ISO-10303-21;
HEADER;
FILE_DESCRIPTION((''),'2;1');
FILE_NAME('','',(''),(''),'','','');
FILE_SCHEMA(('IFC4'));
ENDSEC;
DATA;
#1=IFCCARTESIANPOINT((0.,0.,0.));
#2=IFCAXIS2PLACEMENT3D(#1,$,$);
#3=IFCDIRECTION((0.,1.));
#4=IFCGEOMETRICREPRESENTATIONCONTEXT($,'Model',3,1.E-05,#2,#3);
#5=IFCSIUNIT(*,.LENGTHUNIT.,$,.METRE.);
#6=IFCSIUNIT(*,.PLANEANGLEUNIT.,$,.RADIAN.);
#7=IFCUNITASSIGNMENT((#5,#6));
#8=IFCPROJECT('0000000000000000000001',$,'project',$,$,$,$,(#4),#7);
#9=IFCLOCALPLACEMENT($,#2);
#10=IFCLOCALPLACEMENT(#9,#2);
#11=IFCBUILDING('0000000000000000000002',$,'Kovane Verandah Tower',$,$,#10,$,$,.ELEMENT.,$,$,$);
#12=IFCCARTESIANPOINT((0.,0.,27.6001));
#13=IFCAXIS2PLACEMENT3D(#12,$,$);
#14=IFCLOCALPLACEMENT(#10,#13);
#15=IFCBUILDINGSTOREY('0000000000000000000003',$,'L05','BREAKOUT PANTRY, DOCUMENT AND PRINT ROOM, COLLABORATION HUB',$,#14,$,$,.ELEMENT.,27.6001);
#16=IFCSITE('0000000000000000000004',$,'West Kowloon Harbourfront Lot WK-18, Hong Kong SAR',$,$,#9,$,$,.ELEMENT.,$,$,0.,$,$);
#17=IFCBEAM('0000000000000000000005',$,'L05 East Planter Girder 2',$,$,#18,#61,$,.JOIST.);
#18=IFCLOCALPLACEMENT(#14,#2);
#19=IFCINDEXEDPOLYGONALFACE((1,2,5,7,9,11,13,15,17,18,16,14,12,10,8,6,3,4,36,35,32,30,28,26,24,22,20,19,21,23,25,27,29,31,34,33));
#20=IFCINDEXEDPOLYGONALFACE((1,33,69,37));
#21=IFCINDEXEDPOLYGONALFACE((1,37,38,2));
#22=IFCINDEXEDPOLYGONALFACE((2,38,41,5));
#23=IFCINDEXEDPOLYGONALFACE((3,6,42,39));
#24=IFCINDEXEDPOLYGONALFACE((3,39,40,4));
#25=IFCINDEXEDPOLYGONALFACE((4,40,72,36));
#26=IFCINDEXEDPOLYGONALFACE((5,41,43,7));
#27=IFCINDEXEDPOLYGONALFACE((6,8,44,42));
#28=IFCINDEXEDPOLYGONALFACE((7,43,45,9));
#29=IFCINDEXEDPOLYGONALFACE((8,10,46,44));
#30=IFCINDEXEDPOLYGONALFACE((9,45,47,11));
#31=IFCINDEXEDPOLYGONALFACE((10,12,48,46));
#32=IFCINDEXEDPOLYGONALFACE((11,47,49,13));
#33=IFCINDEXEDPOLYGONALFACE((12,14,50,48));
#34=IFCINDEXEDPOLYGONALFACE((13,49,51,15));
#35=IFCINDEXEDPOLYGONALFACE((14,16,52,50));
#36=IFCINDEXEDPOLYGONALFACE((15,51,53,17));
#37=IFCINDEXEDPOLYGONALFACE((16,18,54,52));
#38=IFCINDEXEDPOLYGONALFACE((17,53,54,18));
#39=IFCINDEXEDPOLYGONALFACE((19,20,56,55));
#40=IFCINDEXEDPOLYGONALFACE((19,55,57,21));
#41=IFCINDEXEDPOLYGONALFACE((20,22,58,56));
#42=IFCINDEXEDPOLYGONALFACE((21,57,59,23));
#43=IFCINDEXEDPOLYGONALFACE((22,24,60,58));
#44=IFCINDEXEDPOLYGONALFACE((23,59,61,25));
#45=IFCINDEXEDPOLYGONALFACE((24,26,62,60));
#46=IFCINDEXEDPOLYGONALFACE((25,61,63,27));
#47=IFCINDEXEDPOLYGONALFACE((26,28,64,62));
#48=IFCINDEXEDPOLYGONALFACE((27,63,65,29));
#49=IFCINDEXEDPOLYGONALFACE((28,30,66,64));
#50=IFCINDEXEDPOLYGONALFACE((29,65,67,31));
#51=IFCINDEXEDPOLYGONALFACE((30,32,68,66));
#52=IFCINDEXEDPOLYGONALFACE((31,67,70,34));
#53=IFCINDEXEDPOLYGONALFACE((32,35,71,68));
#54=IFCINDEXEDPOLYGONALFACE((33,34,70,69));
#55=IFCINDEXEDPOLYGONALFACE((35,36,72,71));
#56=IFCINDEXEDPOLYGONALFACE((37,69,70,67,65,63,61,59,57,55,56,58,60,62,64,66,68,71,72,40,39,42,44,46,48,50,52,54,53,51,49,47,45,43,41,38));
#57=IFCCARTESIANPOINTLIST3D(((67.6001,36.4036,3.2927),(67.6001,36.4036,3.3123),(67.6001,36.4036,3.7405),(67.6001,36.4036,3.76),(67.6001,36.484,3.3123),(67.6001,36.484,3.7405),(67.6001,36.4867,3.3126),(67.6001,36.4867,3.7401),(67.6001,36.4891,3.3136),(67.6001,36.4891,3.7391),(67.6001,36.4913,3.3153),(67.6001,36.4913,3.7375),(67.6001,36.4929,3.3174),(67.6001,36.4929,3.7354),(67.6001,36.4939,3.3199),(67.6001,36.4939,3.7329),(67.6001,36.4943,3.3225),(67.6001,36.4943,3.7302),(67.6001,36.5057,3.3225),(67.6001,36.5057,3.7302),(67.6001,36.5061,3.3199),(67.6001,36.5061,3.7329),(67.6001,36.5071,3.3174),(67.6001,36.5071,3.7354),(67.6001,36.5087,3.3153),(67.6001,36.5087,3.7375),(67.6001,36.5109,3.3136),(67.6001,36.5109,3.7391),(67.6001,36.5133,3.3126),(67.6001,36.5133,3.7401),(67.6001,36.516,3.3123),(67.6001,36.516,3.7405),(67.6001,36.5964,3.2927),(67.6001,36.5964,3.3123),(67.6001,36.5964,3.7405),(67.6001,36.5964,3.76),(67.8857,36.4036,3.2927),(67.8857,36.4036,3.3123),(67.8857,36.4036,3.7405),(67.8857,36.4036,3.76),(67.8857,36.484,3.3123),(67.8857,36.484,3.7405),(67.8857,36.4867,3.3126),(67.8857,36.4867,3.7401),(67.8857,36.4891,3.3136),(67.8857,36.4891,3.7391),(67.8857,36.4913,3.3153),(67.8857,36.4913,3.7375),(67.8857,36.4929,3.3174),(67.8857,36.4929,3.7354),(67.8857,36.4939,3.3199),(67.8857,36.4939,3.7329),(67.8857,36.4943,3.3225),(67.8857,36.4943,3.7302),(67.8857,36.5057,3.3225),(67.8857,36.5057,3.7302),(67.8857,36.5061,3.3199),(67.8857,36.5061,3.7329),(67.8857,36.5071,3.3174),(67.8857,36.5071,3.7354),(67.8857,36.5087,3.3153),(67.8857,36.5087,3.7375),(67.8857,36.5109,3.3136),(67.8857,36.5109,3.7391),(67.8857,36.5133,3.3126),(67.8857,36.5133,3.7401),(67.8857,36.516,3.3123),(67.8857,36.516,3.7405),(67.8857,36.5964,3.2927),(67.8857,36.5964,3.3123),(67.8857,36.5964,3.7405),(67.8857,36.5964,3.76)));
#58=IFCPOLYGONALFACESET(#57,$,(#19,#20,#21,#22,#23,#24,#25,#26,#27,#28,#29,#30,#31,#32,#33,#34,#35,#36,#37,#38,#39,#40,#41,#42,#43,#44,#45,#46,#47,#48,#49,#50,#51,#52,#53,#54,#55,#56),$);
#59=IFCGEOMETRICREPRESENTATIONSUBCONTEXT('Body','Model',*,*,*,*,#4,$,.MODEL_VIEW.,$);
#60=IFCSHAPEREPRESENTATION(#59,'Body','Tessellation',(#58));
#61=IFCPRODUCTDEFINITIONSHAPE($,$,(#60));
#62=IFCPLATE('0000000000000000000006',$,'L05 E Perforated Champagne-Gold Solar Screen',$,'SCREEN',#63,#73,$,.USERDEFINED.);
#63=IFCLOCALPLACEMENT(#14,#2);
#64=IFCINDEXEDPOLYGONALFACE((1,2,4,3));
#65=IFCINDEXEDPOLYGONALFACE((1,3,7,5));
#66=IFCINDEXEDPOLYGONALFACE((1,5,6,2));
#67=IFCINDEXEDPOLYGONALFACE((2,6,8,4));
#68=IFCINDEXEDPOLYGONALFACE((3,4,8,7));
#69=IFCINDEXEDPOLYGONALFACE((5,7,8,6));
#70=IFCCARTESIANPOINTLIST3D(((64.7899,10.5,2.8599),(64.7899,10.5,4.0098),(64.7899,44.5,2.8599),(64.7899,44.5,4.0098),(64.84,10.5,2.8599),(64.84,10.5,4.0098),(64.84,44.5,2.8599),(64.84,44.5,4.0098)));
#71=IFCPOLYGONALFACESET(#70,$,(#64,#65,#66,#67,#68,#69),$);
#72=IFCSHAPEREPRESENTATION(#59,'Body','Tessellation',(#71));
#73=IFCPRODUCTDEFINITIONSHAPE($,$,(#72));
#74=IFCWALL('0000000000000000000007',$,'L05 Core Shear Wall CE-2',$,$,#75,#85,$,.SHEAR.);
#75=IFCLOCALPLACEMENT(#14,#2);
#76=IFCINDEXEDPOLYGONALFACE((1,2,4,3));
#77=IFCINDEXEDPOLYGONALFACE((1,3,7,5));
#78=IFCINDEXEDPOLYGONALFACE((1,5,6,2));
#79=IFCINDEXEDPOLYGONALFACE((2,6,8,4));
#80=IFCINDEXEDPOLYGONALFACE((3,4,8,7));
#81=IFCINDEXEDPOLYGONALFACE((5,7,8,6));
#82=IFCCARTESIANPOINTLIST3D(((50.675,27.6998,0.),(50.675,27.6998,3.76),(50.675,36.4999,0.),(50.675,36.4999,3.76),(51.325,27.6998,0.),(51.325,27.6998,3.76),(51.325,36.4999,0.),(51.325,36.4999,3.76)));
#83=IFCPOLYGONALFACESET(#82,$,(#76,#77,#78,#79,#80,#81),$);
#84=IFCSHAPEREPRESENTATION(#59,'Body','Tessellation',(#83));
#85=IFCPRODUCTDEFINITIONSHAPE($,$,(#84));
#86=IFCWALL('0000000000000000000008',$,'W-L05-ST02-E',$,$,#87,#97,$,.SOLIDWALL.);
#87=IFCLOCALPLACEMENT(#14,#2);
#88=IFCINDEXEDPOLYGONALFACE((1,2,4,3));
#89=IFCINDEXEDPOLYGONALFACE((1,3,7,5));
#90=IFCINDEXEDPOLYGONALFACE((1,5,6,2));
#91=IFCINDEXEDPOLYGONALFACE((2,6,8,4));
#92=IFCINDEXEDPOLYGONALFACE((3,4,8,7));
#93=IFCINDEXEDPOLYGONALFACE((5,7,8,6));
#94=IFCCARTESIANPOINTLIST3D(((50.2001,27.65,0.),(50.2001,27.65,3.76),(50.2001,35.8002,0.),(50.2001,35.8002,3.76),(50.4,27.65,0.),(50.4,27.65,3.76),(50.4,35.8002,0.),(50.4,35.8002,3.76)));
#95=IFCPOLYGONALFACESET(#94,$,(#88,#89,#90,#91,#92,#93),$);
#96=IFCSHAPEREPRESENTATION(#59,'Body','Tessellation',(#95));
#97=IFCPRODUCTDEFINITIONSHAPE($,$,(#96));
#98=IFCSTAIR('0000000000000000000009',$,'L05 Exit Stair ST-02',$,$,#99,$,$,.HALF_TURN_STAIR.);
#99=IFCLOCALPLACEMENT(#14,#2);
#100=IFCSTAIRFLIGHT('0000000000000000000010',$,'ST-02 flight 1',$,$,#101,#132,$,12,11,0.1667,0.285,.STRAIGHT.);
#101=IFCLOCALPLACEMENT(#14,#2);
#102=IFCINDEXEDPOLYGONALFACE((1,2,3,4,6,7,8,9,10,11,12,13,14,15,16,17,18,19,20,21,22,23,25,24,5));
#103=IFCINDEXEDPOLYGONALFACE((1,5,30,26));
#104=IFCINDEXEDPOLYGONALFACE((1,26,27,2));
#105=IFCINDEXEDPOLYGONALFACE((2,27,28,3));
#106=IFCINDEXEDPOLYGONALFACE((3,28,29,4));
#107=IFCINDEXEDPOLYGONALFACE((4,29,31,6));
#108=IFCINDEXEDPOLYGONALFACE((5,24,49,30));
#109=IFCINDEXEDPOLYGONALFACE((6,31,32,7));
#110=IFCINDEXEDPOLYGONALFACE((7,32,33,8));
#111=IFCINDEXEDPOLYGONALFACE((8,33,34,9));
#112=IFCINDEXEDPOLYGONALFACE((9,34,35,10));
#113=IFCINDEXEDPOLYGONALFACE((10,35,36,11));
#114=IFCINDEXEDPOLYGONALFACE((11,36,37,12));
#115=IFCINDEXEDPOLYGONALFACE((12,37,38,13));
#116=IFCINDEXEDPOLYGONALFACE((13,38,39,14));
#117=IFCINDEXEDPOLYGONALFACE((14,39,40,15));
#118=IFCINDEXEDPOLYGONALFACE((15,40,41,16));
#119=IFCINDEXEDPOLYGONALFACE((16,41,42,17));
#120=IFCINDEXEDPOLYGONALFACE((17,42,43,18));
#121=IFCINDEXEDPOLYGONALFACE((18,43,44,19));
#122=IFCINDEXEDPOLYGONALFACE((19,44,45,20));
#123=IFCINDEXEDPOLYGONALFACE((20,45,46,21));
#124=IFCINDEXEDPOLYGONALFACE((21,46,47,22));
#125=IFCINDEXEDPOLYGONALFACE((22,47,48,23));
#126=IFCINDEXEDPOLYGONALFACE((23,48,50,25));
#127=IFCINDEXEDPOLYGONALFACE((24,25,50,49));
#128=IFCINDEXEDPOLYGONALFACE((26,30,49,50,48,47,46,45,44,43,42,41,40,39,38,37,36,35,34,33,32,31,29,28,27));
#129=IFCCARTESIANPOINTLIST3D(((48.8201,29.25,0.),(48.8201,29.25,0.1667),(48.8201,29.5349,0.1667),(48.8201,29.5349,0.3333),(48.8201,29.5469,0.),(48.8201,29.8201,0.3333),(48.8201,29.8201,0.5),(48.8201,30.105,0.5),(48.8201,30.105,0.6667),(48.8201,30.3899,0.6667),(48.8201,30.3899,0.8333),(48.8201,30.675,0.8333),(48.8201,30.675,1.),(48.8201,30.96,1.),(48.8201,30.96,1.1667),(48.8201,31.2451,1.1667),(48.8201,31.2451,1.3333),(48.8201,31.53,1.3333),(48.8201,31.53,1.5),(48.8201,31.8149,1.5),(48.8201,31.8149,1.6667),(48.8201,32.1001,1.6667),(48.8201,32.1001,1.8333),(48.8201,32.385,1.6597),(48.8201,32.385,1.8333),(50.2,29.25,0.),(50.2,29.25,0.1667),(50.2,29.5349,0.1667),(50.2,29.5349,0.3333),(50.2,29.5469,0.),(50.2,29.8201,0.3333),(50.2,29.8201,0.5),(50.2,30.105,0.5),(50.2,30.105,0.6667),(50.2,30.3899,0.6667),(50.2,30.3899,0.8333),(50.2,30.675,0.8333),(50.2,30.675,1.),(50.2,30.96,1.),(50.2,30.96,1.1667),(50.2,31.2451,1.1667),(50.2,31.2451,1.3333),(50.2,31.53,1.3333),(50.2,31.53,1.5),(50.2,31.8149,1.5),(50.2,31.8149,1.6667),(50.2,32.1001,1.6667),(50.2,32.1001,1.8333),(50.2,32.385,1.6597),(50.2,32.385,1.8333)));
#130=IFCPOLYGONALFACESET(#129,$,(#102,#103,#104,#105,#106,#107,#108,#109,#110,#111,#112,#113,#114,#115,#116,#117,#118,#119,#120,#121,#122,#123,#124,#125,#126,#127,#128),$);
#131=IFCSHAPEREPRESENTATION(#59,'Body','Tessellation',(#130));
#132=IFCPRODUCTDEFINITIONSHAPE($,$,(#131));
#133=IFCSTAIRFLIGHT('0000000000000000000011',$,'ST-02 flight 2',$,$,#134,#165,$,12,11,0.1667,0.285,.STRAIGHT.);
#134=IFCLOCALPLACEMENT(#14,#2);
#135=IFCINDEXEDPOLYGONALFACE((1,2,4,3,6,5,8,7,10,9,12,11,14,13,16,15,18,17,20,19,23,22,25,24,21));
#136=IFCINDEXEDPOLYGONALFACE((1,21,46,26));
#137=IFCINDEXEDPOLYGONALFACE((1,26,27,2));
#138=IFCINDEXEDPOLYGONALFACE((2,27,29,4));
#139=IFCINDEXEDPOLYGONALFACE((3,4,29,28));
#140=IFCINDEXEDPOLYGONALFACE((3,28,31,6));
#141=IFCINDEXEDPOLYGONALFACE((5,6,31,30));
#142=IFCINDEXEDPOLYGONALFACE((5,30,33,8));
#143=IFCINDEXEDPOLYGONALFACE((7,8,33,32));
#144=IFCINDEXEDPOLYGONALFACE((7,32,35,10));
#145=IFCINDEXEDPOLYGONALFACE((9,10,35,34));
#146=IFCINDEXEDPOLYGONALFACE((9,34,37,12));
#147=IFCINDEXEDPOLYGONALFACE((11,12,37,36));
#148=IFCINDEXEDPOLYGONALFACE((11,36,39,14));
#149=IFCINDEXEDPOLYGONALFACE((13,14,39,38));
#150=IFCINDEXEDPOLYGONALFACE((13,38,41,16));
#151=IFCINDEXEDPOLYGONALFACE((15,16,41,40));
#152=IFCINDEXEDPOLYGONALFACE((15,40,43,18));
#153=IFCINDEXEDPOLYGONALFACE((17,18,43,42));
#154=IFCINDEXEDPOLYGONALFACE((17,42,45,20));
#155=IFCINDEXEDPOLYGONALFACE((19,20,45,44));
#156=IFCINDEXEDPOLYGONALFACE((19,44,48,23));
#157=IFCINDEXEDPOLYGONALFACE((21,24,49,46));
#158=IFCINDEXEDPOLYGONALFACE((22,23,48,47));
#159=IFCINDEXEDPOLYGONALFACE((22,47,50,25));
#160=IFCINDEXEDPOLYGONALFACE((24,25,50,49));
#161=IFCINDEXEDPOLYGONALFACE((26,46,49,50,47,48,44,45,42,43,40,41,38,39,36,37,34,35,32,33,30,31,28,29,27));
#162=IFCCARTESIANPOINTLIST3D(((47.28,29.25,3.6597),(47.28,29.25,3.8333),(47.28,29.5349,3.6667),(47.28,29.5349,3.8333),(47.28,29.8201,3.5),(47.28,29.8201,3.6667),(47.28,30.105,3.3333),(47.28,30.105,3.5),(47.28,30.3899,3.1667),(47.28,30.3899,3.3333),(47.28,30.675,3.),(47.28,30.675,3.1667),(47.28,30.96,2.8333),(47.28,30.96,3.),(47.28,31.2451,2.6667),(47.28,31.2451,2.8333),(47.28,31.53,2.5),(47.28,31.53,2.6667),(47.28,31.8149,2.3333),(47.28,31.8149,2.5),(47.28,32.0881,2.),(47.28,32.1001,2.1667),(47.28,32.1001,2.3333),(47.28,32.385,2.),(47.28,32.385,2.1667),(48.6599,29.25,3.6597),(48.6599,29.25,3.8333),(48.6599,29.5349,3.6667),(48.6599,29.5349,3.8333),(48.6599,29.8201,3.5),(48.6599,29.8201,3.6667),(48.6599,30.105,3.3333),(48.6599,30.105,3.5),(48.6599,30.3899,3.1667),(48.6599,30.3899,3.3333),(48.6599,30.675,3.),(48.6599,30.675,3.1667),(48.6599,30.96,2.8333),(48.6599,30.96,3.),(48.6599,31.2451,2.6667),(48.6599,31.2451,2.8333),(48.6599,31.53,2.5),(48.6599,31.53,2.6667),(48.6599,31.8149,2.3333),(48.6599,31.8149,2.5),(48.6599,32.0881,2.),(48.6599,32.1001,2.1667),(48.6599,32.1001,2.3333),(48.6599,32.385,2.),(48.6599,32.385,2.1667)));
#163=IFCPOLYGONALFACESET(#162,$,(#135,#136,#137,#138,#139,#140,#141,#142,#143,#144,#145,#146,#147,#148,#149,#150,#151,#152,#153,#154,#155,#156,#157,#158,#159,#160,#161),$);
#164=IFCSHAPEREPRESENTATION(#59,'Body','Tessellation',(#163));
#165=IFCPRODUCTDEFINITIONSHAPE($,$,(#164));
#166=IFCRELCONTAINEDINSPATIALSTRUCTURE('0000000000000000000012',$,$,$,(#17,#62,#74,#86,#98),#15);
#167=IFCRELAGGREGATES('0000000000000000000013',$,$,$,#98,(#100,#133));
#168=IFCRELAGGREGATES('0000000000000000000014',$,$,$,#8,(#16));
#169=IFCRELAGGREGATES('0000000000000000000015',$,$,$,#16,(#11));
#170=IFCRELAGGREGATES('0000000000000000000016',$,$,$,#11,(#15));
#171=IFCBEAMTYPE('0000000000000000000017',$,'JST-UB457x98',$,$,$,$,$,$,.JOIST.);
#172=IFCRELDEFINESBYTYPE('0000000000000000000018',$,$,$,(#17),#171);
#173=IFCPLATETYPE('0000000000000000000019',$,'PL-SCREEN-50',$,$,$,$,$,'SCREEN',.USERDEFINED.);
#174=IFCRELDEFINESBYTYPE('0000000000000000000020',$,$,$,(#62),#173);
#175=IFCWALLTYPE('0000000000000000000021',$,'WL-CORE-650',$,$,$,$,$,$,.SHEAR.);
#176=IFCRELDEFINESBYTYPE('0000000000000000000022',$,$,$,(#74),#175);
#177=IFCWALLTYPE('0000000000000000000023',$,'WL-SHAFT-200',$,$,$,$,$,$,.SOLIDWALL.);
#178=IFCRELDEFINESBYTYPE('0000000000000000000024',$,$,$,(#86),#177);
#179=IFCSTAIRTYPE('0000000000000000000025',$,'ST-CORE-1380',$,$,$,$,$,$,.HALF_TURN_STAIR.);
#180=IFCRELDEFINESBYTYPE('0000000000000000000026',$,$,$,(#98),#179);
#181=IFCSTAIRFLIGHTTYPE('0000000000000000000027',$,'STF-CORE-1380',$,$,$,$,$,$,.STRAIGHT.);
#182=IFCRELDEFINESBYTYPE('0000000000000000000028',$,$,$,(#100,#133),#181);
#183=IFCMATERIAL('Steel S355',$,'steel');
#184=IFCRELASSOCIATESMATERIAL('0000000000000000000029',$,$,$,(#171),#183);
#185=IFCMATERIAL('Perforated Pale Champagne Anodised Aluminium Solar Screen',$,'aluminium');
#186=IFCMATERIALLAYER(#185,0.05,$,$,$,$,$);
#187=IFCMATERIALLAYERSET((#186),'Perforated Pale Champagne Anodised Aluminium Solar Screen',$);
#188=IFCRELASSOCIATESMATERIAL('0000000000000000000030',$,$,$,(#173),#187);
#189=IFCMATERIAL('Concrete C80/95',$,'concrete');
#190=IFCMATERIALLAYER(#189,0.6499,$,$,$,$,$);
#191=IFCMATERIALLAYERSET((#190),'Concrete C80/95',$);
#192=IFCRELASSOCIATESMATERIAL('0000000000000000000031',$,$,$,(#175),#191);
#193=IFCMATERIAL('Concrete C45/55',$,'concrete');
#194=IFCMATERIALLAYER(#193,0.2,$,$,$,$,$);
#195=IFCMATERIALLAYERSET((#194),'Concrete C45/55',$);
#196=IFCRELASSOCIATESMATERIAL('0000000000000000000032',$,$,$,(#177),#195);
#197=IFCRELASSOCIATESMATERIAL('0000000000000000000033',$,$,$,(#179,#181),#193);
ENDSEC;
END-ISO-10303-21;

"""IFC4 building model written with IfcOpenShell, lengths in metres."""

from ifc_helpers import new_model, si_unit, direction, frame, frame_2d, origin, origin_2d, place, context, subcontext, project, spatial, polyline, rectangle, i_section, outline, extrude, material, layer, layer_set, material_profile, profile_set, type_object, element, aggregate, save


model = new_model("IFC4")

# Units and contexts
model_context = context("Model", 3, precision=1e-05, world=origin(), true_north=direction((0.0, 1.0)))
body_context = subcontext(model_context, "Body", "Model", "MODEL_VIEW")
ifc_project = project(units=[si_unit("LENGTHUNIT", "METRE"), si_unit("PLANEANGLEUNIT", "RADIAN")], contexts=[model_context])

# Site, building, storey
site_placement = place(None, origin())
site = spatial("IfcSite", under=ifc_project, at=site_placement, Name="West Kowloon Harbourfront Lot WK-18, Hong Kong SAR", CompositionType="ELEMENT", RefElevation=0.0)
building_placement = place(site_placement, origin())
building = spatial("IfcBuilding", under=site, at=building_placement, Name="Kovane Verandah Tower", CompositionType="ELEMENT")
storey_placement = place(building_placement, frame((0.0, 0.0, 27.6001)))
storey = spatial("IfcBuildingStorey", under=building, at=storey_placement, Name="L05", Description="BREAKOUT PANTRY, DOCUMENT AND PRINT ROOM, COLLABORATION HUB", CompositionType="ELEMENT", Elevation=27.6001)

# Shared definitions
ifc_material_1 = material(Name="Concrete C80/95", Category="concrete")

# Beam
ifc_material_2 = material(Name="Steel S355", Category="steel")
ifc_material_profile_1 = material_profile(ifc_material_2, i_section(OverallWidth=0.1929, OverallDepth=0.4673, WebThickness=0.0115, FlangeThickness=0.0195, FilletRadius=0.0103, at=origin_2d()), Name="UB457x191x98")
ifc_profile_set_1 = profile_set([ifc_material_profile_1], Name="Steel S355")
beam_type_1 = type_object("IfcBeamType", Name="JST-UB457x98", PredefinedType="JOIST", material=ifc_profile_set_1)
beam_1_placement = place(storey_placement, frame((67.6001, 36.5, 3.5264), z_axis=(1.0, 0.0, 0.0), x_axis=(0.0, 1.0, 0.0)))
element("IfcBeam", 1, at=beam_1_placement, inside=storey, type_object=beam_type_1, Name="L05 East Planter Girder 2", PredefinedType="JOIST", context=body_context, shape_type="SweptSolid", body=[
    extrude(i_section(OverallWidth=0.1929, OverallDepth=0.4673, WebThickness=0.0115, FlangeThickness=0.0195, FilletRadius=0.0103, at=origin_2d()), origin(), (0.0, 0.0, 1.0), 0.2856),
])

# Plate
ifc_material_3 = material(Name="Perforated Pale Champagne Anodised Aluminium Solar Screen", Category="aluminium")
ifc_layer_1 = layer(ifc_material_3, 0.05)
ifc_layer_set_1 = layer_set([ifc_layer_1], Name="Perforated Pale Champagne Anodised Aluminium Solar Screen")
plate_type = type_object("IfcPlateType", Name="PL-SCREEN-50", ElementType="SCREEN", PredefinedType="USERDEFINED", material=ifc_layer_set_1)
plate_placement = place(storey_placement, frame((64.8149, 27.5, 2.8599), z_axis=(0.0, 0.0, 1.0), x_axis=(0.0, 1.0, 0.0)))
element("IfcPlate", 2, at=plate_placement, inside=storey, type_object=plate_type, Name="L05 E Perforated Champagne-Gold Solar Screen", ObjectType="SCREEN", PredefinedType="USERDEFINED", context=body_context, shape_type="SweptSolid", body=[
    extrude(rectangle(XDim=34.0, YDim=0.05, at=origin_2d()), origin(), (0.0, 0.0, 1.0), 1.1499),
])

# Walls
ifc_layer_2 = layer(ifc_material_1, 0.6499)
ifc_layer_set_2 = layer_set([ifc_layer_2], Name="Concrete C80/95")
wall_type_1 = type_object("IfcWallType", Name="WL-CORE-650", PredefinedType="SHEAR", material=ifc_layer_set_2)
wall_1_placement = place(storey_placement, frame((51.0, 27.7, 0.0), z_axis=(0.0, 0.0, 1.0), x_axis=(0.0, 1.0, 0.0)))
element("IfcWall", 3, at=wall_1_placement, inside=storey, type_object=wall_type_1, Name="L05 Core Shear Wall CE-2", PredefinedType="SHEAR", context=body_context, shape_type="SweptSolid", body=[
    extrude(rectangle(XDim=8.8, YDim=0.6499, at=frame_2d((4.3999, 0.0))), origin(), (0.0, 0.0, 1.0), 3.76),
])
ifc_material_4 = material(Name="Concrete C45/55", Category="concrete")
ifc_layer_3 = layer(ifc_material_4, 0.2)
ifc_layer_set_3 = layer_set([ifc_layer_3], Name="Concrete C45/55")
wall_type_2 = type_object("IfcWallType", Name="WL-SHAFT-200", PredefinedType="SOLIDWALL", material=ifc_layer_set_3)
wall_2_placement = place(storey_placement, frame((50.3, 27.6499, 0.0), z_axis=(0.0, 0.0, 1.0), x_axis=(0.0, 1.0, 0.0)))
element("IfcWall", 4, at=wall_2_placement, inside=storey, type_object=wall_type_2, Name="W-L05-ST02-E", PredefinedType="SOLIDWALL", context=body_context, shape_type="SweptSolid", body=[
    extrude(rectangle(XDim=8.1501, YDim=0.2, at=frame_2d((4.0752, 0.0))), origin(), (0.0, 0.0, 1.0), 3.76),
])

# Stair, stair flights
stair_type = type_object("IfcStairType", Name="ST-CORE-1380", PredefinedType="HALF_TURN_STAIR", material=ifc_material_4)
stair_placement = place(storey_placement, origin())
stair = element("IfcStair", 5, at=stair_placement, inside=storey, type_object=stair_type, Name="L05 Exit Stair ST-02", PredefinedType="HALF_TURN_STAIR")
stair_flight_type = type_object("IfcStairFlightType", Name="STF-CORE-1380", PredefinedType="STRAIGHT", material=ifc_material_4)
stair_flight_1_placement = place(storey_placement, frame((49.51, 29.25, 0.0), z_axis=(0.0, 0.0, 1.0), x_axis=(0.0, 1.0, 0.0)))
stair_flight_1 = element("IfcStairFlight", 6, at=stair_flight_1_placement, type_object=stair_flight_type, Name="ST-02 flight 1", NumberOfRisers=12, NumberOfTreads=11, PredefinedType="STRAIGHT", RiserHeight=0.1667, TreadLength=0.285, context=body_context, shape_type="SweptSolid", body=[
    extrude(outline(polyline([(0.0, 0.0), (0.0, 0.1667), (0.2849, 0.1667), (0.2849, 0.3333), (0.5701, 0.3333), (0.5701, 0.5), (0.855, 0.5), (0.855, 0.6667), (1.1399, 0.6667), (1.1399, 0.8333), (1.425, 0.8333), (1.425, 1.0), (1.71, 1.0), (1.71, 1.1667), (1.9951, 1.1667), (1.9951, 1.3333), (2.28, 1.3333), (2.28, 1.5), (2.5649, 1.5), (2.5649, 1.6667), (2.8501, 1.6667), (2.8501, 1.8333), (3.135, 1.8333), (3.135, 2.0), (3.135, 1.6597), (0.2969, 0.0), (0.0, 0.0)])), frame((0.0, 0.6899, 0.0), z_axis=(0.0, -1.0, 0.0), x_axis=(1.0, 0.0, 0.0)), (0.0, 0.0, 1.0), 1.3799),
])
stair_flight_2_placement = place(storey_placement, frame((47.97, 32.385, 2.0), z_axis=(0.0, 0.0, 1.0), x_axis=(0.0, -1.0, 0.0)))
stair_flight_2 = element("IfcStairFlight", 7, at=stair_flight_2_placement, type_object=stair_flight_type, Name="ST-02 flight 2", NumberOfRisers=12, NumberOfTreads=11, PredefinedType="STRAIGHT", RiserHeight=0.1667, TreadLength=0.285, context=body_context, shape_type="SweptSolid", body=[
    extrude(outline(polyline([(0.0, 0.0), (0.0, 0.1667), (0.2849, 0.1667), (0.2849, 0.3333), (0.5701, 0.3333), (0.5701, 0.5), (0.855, 0.5), (0.855, 0.6667), (1.1399, 0.6667), (1.1399, 0.8333), (1.425, 0.8333), (1.425, 1.0), (1.71, 1.0), (1.71, 1.1667), (1.9951, 1.1667), (1.9951, 1.3333), (2.28, 1.3333), (2.28, 1.5), (2.5649, 1.5), (2.5649, 1.6667), (2.8501, 1.6667), (2.8501, 1.8333), (3.135, 1.8333), (3.135, 2.0), (3.135, 1.6597), (0.2969, 0.0), (0.0, 0.0)])), frame((0.0, 0.6899, 0.0), z_axis=(0.0, -1.0, 0.0), x_axis=(1.0, 0.0, 0.0)), (0.0, 0.0, 1.0), 1.3799),
])
aggregate(stair, [stair_flight_1, stair_flight_2])

save(model, "model.ifc")
